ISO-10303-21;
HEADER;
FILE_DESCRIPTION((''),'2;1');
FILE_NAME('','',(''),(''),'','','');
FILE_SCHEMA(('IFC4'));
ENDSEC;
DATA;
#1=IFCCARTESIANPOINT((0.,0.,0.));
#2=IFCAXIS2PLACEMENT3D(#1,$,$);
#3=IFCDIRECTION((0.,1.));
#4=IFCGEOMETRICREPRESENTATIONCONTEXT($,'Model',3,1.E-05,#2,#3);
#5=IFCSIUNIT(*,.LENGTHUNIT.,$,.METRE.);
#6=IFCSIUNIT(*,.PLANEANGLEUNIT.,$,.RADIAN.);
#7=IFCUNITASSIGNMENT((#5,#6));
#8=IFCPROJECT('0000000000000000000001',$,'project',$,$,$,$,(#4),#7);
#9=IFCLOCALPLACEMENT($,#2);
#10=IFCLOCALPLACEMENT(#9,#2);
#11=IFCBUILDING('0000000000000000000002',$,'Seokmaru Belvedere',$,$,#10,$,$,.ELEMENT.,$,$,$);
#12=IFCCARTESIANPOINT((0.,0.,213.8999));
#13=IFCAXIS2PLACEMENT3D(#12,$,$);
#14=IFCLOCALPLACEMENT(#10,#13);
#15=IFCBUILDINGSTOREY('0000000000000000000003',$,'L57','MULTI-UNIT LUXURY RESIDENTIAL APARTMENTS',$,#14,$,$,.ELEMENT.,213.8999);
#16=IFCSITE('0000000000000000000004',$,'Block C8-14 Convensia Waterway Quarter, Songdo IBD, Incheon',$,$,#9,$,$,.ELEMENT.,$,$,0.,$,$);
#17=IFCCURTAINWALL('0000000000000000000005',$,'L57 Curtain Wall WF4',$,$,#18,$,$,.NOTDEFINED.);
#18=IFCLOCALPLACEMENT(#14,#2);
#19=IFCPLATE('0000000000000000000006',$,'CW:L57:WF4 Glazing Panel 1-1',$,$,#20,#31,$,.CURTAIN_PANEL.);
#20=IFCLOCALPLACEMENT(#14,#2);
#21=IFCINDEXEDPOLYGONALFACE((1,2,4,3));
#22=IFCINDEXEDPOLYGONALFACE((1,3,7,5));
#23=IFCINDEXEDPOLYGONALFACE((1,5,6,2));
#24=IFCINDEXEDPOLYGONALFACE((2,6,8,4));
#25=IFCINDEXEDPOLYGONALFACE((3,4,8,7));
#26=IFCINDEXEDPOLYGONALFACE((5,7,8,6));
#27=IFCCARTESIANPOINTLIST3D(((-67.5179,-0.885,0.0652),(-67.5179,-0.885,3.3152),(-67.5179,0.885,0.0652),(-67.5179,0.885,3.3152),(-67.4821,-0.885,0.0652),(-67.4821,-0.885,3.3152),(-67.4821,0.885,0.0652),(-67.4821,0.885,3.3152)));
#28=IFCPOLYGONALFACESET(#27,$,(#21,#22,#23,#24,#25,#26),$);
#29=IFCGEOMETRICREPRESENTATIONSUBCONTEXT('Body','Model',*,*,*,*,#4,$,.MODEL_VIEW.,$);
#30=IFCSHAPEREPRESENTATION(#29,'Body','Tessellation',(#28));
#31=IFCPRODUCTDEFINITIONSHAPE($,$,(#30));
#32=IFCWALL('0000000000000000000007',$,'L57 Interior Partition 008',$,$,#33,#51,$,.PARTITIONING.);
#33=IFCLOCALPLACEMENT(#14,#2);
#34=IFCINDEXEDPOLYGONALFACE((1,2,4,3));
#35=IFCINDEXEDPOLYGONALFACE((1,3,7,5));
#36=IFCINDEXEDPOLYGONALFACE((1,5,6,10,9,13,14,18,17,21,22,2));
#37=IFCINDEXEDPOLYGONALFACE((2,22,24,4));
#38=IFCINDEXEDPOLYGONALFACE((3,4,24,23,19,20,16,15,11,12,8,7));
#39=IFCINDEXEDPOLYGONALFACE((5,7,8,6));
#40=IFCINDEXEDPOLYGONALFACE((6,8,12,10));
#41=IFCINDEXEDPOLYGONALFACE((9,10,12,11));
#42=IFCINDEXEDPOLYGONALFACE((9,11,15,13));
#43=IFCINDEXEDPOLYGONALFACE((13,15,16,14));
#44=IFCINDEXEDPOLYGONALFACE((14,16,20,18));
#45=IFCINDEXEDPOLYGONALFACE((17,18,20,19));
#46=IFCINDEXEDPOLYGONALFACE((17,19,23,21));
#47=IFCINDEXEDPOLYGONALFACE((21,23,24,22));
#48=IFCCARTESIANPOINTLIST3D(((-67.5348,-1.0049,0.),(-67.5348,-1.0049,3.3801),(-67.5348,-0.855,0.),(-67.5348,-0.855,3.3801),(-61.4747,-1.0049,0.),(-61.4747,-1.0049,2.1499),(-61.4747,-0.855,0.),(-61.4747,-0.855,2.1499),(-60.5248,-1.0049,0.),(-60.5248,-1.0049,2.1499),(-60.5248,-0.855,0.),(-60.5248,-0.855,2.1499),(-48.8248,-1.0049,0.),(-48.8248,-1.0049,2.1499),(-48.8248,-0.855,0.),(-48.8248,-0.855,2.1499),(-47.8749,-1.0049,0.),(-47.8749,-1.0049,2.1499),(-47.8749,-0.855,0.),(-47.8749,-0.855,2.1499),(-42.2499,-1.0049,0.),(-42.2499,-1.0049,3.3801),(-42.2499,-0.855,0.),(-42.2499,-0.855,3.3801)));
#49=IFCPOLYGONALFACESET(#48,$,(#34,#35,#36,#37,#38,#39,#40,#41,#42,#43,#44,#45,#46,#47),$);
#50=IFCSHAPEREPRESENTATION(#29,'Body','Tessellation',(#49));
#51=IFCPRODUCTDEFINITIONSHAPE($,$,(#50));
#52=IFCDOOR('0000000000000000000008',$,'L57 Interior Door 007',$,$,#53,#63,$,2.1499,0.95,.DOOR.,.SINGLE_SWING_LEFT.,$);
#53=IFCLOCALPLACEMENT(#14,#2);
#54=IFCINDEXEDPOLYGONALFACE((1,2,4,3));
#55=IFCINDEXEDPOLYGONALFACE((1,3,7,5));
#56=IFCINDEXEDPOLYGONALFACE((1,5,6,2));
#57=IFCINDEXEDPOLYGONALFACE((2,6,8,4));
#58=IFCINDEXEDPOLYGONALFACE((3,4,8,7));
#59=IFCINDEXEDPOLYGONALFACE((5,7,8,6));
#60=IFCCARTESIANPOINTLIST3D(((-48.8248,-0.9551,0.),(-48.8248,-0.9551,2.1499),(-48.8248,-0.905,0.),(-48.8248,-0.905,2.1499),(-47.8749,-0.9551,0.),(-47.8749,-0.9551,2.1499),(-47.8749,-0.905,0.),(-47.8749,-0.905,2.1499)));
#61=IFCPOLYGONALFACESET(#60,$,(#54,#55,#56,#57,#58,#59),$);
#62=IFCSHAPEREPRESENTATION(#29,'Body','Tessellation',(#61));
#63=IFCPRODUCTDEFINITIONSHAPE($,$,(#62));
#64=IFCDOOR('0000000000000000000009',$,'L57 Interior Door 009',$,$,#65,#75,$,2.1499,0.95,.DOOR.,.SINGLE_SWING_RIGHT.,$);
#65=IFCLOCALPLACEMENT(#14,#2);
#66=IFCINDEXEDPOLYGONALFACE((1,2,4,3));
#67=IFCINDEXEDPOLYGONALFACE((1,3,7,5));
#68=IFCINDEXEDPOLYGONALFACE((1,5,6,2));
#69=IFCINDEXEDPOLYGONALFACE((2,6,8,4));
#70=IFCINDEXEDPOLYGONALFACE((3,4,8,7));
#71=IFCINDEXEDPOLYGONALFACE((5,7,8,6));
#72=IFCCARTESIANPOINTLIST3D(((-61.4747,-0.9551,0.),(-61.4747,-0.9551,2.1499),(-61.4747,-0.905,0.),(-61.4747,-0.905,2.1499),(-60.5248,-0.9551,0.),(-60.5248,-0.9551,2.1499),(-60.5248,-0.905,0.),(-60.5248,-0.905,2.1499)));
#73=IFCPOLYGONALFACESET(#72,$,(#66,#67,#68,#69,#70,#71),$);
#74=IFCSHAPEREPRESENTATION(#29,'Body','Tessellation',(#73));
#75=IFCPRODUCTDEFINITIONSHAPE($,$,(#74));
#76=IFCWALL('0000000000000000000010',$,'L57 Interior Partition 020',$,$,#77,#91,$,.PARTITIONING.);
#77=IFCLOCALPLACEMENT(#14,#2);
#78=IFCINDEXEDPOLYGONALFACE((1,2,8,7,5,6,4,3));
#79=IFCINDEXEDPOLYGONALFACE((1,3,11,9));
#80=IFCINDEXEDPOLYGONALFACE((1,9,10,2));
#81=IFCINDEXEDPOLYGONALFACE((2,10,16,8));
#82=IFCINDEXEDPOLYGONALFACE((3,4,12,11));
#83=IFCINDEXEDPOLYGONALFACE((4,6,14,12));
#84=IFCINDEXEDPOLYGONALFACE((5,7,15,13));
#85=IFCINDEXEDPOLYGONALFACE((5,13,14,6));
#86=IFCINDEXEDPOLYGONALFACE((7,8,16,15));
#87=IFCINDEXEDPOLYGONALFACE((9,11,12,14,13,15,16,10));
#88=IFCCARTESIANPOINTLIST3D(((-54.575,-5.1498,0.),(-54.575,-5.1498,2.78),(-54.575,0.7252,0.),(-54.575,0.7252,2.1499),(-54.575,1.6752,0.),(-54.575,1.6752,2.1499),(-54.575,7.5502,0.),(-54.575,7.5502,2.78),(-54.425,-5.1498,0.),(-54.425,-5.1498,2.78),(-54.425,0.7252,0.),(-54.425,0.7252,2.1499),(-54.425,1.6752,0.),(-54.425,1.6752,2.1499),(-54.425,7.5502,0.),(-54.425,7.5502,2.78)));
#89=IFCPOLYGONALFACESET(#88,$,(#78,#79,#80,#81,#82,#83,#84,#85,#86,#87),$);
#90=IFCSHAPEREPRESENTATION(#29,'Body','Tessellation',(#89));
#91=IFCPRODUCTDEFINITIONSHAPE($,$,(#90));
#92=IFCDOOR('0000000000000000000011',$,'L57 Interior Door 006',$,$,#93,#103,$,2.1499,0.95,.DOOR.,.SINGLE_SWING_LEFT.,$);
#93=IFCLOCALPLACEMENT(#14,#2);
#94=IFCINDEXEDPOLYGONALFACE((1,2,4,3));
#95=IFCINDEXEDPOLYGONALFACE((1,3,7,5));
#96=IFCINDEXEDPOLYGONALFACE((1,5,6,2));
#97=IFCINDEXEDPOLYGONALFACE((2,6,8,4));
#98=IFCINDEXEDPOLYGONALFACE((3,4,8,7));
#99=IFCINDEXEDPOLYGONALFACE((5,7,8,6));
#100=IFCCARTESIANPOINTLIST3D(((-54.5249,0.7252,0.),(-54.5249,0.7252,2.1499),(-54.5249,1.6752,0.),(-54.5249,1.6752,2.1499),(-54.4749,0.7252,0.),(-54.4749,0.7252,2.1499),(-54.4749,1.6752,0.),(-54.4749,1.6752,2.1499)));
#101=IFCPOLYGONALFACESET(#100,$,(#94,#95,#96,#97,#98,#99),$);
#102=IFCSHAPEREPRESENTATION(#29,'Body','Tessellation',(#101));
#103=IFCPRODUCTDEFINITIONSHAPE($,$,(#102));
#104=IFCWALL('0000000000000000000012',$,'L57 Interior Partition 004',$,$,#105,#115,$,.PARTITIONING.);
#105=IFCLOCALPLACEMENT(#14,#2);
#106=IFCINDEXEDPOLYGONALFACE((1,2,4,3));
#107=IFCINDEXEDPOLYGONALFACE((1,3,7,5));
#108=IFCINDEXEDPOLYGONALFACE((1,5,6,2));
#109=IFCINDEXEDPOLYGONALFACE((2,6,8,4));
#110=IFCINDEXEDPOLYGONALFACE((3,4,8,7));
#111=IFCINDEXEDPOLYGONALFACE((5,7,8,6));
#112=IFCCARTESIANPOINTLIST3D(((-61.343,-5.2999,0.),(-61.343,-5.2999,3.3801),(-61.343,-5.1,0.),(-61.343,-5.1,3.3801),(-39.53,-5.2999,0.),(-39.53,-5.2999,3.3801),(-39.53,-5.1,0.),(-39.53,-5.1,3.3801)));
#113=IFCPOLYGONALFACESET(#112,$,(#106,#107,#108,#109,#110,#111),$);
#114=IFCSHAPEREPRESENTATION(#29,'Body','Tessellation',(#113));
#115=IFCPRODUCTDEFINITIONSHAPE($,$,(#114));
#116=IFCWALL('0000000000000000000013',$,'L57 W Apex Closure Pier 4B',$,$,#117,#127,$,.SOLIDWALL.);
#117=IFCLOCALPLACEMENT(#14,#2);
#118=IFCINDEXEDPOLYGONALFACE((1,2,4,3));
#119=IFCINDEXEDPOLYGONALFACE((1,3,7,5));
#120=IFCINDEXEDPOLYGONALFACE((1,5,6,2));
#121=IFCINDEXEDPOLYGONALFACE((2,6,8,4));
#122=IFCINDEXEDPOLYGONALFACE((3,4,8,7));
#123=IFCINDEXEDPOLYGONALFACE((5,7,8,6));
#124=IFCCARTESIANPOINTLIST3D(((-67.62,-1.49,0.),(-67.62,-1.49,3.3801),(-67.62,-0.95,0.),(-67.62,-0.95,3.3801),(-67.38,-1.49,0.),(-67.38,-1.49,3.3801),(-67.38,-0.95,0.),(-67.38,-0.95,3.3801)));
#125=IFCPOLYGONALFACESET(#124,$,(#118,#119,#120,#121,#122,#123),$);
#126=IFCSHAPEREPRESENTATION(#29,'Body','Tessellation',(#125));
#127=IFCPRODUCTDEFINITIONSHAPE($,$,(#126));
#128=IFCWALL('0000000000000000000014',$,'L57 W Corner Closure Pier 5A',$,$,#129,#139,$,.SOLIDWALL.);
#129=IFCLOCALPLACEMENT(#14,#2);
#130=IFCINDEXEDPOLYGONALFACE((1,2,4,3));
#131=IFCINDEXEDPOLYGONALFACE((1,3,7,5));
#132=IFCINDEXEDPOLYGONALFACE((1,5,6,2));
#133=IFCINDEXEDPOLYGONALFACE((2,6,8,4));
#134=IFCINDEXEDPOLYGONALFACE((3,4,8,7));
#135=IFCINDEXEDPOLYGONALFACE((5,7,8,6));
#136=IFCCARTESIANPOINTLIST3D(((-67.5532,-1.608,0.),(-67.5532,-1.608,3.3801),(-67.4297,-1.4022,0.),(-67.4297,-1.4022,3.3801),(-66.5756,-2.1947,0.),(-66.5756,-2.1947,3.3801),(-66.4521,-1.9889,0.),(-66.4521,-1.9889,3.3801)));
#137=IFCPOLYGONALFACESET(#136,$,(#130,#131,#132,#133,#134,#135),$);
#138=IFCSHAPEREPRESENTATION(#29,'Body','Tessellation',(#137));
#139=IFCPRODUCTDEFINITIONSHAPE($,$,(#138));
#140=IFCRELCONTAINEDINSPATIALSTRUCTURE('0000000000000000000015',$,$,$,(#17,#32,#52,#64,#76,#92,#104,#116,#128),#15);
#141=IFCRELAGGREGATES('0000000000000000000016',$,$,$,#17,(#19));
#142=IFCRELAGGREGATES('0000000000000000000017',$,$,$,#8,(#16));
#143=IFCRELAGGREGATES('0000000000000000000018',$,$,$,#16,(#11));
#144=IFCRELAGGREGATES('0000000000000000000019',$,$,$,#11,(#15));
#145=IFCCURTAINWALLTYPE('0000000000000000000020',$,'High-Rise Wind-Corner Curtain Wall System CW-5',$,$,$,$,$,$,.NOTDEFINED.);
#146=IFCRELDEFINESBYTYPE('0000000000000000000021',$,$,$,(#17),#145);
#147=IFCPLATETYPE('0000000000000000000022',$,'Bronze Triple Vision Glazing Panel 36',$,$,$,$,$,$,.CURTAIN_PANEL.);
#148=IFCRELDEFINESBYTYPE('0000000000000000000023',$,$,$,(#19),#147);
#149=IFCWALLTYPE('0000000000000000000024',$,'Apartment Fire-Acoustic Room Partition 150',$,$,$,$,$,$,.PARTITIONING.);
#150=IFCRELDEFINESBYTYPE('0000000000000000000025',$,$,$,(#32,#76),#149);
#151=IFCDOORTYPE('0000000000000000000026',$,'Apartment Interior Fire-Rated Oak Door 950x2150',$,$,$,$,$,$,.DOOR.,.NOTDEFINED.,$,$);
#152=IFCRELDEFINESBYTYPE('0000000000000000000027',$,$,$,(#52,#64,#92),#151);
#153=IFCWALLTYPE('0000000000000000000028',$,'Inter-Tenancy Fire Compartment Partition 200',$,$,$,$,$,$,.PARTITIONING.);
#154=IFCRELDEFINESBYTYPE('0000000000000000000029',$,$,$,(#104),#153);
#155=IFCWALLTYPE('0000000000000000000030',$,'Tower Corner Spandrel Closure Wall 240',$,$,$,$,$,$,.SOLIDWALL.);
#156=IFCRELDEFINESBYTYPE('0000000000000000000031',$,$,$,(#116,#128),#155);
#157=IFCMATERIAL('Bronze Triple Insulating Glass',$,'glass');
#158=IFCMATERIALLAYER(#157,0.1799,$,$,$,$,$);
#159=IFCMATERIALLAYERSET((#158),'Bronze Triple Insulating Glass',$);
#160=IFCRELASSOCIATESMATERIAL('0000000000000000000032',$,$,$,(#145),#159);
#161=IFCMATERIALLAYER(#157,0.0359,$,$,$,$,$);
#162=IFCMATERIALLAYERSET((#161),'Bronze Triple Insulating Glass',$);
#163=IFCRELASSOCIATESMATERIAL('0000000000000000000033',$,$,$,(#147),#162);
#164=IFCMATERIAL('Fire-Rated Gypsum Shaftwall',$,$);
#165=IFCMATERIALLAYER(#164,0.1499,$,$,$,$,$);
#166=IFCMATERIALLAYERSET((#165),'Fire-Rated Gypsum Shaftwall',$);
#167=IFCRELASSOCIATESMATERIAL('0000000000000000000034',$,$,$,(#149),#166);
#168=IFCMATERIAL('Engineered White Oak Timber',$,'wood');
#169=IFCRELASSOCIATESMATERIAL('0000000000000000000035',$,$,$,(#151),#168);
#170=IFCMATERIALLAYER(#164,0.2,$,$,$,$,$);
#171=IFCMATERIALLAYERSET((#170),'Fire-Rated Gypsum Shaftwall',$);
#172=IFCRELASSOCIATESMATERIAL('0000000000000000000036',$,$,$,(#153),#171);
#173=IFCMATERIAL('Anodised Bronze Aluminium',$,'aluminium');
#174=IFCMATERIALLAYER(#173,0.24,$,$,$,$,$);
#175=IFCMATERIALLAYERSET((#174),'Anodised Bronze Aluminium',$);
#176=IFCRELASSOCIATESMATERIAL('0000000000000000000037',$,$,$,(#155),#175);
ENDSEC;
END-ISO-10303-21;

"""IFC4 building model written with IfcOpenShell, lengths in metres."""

from ifc_helpers import new_model, si_unit, direction, frame, frame_2d, origin, origin_2d, place, context, subcontext, project, spatial, rectangle, extrude, source, transform, mapped, material, layer, layer_set, type_object, type_shapes, element, fill, aggregate, save


model = new_model("IFC4")

# Units and contexts
model_context = context("Model", 3, precision=1e-05, world=origin(), true_north=direction((0.0, 1.0)))
body_context = subcontext(model_context, "Body", "Model", "MODEL_VIEW")
ifc_project = project(units=[si_unit("LENGTHUNIT", "METRE"), si_unit("PLANEANGLEUNIT", "RADIAN")], contexts=[model_context])

# Site, building, storey
site_placement = place(None, origin())
site = spatial("IfcSite", under=ifc_project, at=site_placement, Name="Block C8-14 Convensia Waterway Quarter, Songdo IBD, Incheon", CompositionType="ELEMENT", RefElevation=0.0)
building_placement = place(site_placement, origin())
building = spatial("IfcBuilding", under=site, at=building_placement, Name="Seokmaru Belvedere", CompositionType="ELEMENT")
storey_placement = place(building_placement, frame((0.0, 0.0, 213.8999)))
storey = spatial("IfcBuildingStorey", under=building, at=storey_placement, Name="L57", Description="MULTI-UNIT LUXURY RESIDENTIAL APARTMENTS", CompositionType="ELEMENT", Elevation=213.8999)

# Shared definitions
ifc_material_1 = material(Name="Bronze Triple Insulating Glass", Category="glass")
ifc_layer_1 = layer(ifc_material_1, 0.1799)
ifc_layer_set_1 = layer_set([ifc_layer_1], Name="Bronze Triple Insulating Glass")
curtain_wall_type = type_object("IfcCurtainWallType", Name="High-Rise Wind-Corner Curtain Wall System CW-5", PredefinedType="NOTDEFINED", material=ifc_layer_set_1)
ifc_material_2 = material(Name="Anodised Bronze Aluminium", Category="aluminium")

# Curtain wall
curtain_wall_1_placement = place(storey_placement, origin())
curtain_wall_1 = element("IfcCurtainWall", 1, at=curtain_wall_1_placement, inside=storey, type_object=curtain_wall_type, Name="L57 Curtain Wall WF4", PredefinedType="NOTDEFINED")

# Plate
ifc_layer_2 = layer(ifc_material_1, 0.0359)
ifc_layer_set_2 = layer_set([ifc_layer_2], Name="Bronze Triple Insulating Glass")
plate_type = type_object("IfcPlateType", Name="Bronze Triple Vision Glazing Panel 36", PredefinedType="CURTAIN_PANEL", material=ifc_layer_set_2)
shared_shape_1 = source(origin(), body_context, "Body", "SweptSolid", [
    extrude(rectangle(XDim=1.77, YDim=0.0359, at=origin_2d()), origin(), (0.0, 0.0, 1.0), 3.25),
])
plate_1_placement = place(storey_placement, frame((-67.5, 0.0, 0.0652), z_axis=(0.0, 0.0, 1.0), x_axis=(0.0, -1.0, 0.0)))
plate_1 = element("IfcPlate", 2, at=plate_1_placement, type_object=plate_type, Name="CW:L57:WF4 Glazing Panel 1-1", PredefinedType="CURTAIN_PANEL", context=body_context, shape_type="MappedRepresentation", body=[
    mapped(shared_shape_1, transform((0.0, 0.0, 0.0), scale=1.0)),
])
aggregate(curtain_wall_1, [plate_1])

# Wall, openings, doors
ifc_material_3 = material(Name="Fire-Rated Gypsum Shaftwall")
ifc_layer_3 = layer(ifc_material_3, 0.1499)
ifc_layer_set_3 = layer_set([ifc_layer_3], Name="Fire-Rated Gypsum Shaftwall")
wall_type_1 = type_object("IfcWallType", Name="Apartment Fire-Acoustic Room Partition 150", PredefinedType="PARTITIONING", material=ifc_layer_set_3)
wall_1_placement = place(storey_placement, frame((-67.5349, -0.9299, 0.0), z_axis=(0.0, 0.0, 1.0), x_axis=(1.0, 0.0, 0.0)))
wall_1 = element("IfcWall", 3, at=wall_1_placement, inside=storey, type_object=wall_type_1, Name="L57 Interior Partition 008", PredefinedType="PARTITIONING", context=body_context, shape_type="SweptSolid", body=[
    extrude(rectangle(XDim=25.2849, YDim=0.1499, at=frame_2d((12.6426, 0.0))), origin(), (0.0, 0.0, 1.0), 3.3801),
])
opening_1_placement = place(wall_1_placement, frame((18.71, 0.0, 0.0)))
opening_1 = element("IfcOpeningElement", 4, at=opening_1_placement, cuts=wall_1, PredefinedType="OPENING", context=body_context, shape_type="SweptSolid", body=[
    extrude(rectangle(XDim=0.95, YDim=2.1499, at=frame_2d((0.4751, 1.075))), frame((0.0, 0.085, 0.0), z_axis=(0.0, -1.0, 0.0), x_axis=(1.0, 0.0, 0.0)), (0.0, 0.0, 1.0), 0.1699),
])
opening_2_placement = place(wall_1_placement, frame((6.0601, 0.0, 0.0)))
opening_2 = element("IfcOpeningElement", 5, at=opening_2_placement, cuts=wall_1, PredefinedType="OPENING", context=body_context, shape_type="SweptSolid", body=[
    extrude(rectangle(XDim=0.95, YDim=2.1499, at=frame_2d((0.4751, 1.075))), frame((0.0, 0.085, 0.0), z_axis=(0.0, -1.0, 0.0), x_axis=(1.0, 0.0, 0.0)), (0.0, 0.0, 1.0), 0.1699),
])
ifc_material_4 = material(Name="Engineered White Oak Timber", Category="wood")
door_type = type_object("IfcDoorType", Name="Apartment Interior Fire-Rated Oak Door 950x2150", OperationType="NOTDEFINED", PredefinedType="DOOR", material=ifc_material_4)
shared_shape_2 = source(origin(), body_context, "Body", "SweptSolid", [
    extrude(rectangle(XDim=0.95, YDim=2.1499, at=frame_2d((0.4751, 1.075))), frame((0.0, 0.0249, 0.0), z_axis=(0.0, -1.0, 0.0), x_axis=(1.0, 0.0, 0.0)), (0.0, 0.0, 1.0), 0.05),
])
type_shapes(door_type, [shared_shape_2])
door_1_placement = place(opening_1_placement, origin())
door_1 = element("IfcDoor", 6, at=door_1_placement, inside=storey, type_object=door_type, Name="L57 Interior Door 007", OperationType="SINGLE_SWING_LEFT", OverallHeight=2.1499, OverallWidth=0.95, PredefinedType="DOOR", context=body_context, shape_type="MappedRepresentation", body=[
    mapped(shared_shape_2, transform((0.0, 0.0, 0.0), scale=1.0)),
])
fill(opening_1, door_1)
door_2_placement = place(opening_2_placement, origin())
door_2 = element("IfcDoor", 7, at=door_2_placement, inside=storey, type_object=door_type, Name="L57 Interior Door 009", OperationType="SINGLE_SWING_RIGHT", OverallHeight=2.1499, OverallWidth=0.95, PredefinedType="DOOR", context=body_context, shape_type="MappedRepresentation", body=[
    mapped(shared_shape_2, transform((0.0, 0.0, 0.0), scale=1.0)),
])
fill(opening_2, door_2)

# Wall, opening, door
wall_2_placement = place(storey_placement, frame((-54.5, -5.1499, 0.0), z_axis=(0.0, 0.0, 1.0), x_axis=(0.0, 1.0, 0.0)))
wall_2 = element("IfcWall", 8, at=wall_2_placement, inside=storey, type_object=wall_type_1, Name="L57 Interior Partition 020", PredefinedType="PARTITIONING", context=body_context, shape_type="SweptSolid", body=[
    extrude(rectangle(XDim=12.7, YDim=0.1499, at=frame_2d((6.3501, 0.0))), origin(), (0.0, 0.0, 1.0), 2.78),
])
opening_3_placement = place(wall_2_placement, frame((5.875, 0.0, 0.0)))
opening_3 = element("IfcOpeningElement", 9, at=opening_3_placement, cuts=wall_2, PredefinedType="OPENING", context=body_context, shape_type="SweptSolid", body=[
    extrude(rectangle(XDim=0.95, YDim=2.1499, at=frame_2d((0.4751, 1.075))), frame((0.0, 0.085, 0.0), z_axis=(0.0, -1.0, 0.0), x_axis=(1.0, 0.0, 0.0)), (0.0, 0.0, 1.0), 0.1699),
])
door_3_placement = place(opening_3_placement, origin())
door_3 = element("IfcDoor", 10, at=door_3_placement, inside=storey, type_object=door_type, Name="L57 Interior Door 006", OperationType="SINGLE_SWING_LEFT", OverallHeight=2.1499, OverallWidth=0.95, PredefinedType="DOOR", context=body_context, shape_type="MappedRepresentation", body=[
    mapped(shared_shape_2, transform((0.0, 0.0, 0.0), scale=1.0)),
])
fill(opening_3, door_3)

# Walls
ifc_layer_4 = layer(ifc_material_3, 0.2)
ifc_layer_set_4 = layer_set([ifc_layer_4], Name="Fire-Rated Gypsum Shaftwall")
wall_type_2 = type_object("IfcWallType", Name="Inter-Tenancy Fire Compartment Partition 200", PredefinedType="PARTITIONING", material=ifc_layer_set_4)
wall_3_placement = place(storey_placement, frame((-61.343, -5.2, 0.0), z_axis=(0.0, 0.0, 1.0), x_axis=(1.0, 0.0, 0.0)))
element("IfcWall", 11, at=wall_3_placement, inside=storey, type_object=wall_type_2, Name="L57 Interior Partition 004", PredefinedType="PARTITIONING", context=body_context, shape_type="SweptSolid", body=[
    extrude(rectangle(XDim=21.813, YDim=0.2, at=frame_2d((10.9065, 0.0))), origin(), (0.0, 0.0, 1.0), 3.3801),
])
ifc_layer_5 = layer(ifc_material_2, 0.24)
ifc_layer_set_5 = layer_set([ifc_layer_5], Name="Anodised Bronze Aluminium")
wall_type_3 = type_object("IfcWallType", Name="Tower Corner Spandrel Closure Wall 240", PredefinedType="SOLIDWALL", material=ifc_layer_set_5)
wall_4_placement = place(storey_placement, frame((-67.5, -0.95, 0.0), z_axis=(0.0, 0.0, 1.0), x_axis=(0.0, -1.0, 0.0)))
element("IfcWall", 12, at=wall_4_placement, inside=storey, type_object=wall_type_3, Name="L57 W Apex Closure Pier 4B", PredefinedType="SOLIDWALL", context=body_context, shape_type="SweptSolid", body=[
    extrude(rectangle(XDim=0.54, YDim=0.24, at=frame_2d((0.27, 0.0))), origin(), (0.0, 0.0, 1.0), 3.3801),
])
wall_5_placement = place(storey_placement, frame((-67.4915, -1.5051, 0.0), z_axis=(0.0, 0.0, 1.0), x_axis=(0.857436, -0.51459, 0.0)))
element("IfcWall", 13, at=wall_5_placement, inside=storey, type_object=wall_type_3, Name="L57 W Corner Closure Pier 5A", PredefinedType="SOLIDWALL", context=body_context, shape_type="SweptSolid", body=[
    extrude(rectangle(XDim=1.1401, YDim=0.24, at=frame_2d((0.5701, 0.0))), origin(), (0.0, 0.0, 1.0), 3.3801),
])

save(model, "model.ifc")
